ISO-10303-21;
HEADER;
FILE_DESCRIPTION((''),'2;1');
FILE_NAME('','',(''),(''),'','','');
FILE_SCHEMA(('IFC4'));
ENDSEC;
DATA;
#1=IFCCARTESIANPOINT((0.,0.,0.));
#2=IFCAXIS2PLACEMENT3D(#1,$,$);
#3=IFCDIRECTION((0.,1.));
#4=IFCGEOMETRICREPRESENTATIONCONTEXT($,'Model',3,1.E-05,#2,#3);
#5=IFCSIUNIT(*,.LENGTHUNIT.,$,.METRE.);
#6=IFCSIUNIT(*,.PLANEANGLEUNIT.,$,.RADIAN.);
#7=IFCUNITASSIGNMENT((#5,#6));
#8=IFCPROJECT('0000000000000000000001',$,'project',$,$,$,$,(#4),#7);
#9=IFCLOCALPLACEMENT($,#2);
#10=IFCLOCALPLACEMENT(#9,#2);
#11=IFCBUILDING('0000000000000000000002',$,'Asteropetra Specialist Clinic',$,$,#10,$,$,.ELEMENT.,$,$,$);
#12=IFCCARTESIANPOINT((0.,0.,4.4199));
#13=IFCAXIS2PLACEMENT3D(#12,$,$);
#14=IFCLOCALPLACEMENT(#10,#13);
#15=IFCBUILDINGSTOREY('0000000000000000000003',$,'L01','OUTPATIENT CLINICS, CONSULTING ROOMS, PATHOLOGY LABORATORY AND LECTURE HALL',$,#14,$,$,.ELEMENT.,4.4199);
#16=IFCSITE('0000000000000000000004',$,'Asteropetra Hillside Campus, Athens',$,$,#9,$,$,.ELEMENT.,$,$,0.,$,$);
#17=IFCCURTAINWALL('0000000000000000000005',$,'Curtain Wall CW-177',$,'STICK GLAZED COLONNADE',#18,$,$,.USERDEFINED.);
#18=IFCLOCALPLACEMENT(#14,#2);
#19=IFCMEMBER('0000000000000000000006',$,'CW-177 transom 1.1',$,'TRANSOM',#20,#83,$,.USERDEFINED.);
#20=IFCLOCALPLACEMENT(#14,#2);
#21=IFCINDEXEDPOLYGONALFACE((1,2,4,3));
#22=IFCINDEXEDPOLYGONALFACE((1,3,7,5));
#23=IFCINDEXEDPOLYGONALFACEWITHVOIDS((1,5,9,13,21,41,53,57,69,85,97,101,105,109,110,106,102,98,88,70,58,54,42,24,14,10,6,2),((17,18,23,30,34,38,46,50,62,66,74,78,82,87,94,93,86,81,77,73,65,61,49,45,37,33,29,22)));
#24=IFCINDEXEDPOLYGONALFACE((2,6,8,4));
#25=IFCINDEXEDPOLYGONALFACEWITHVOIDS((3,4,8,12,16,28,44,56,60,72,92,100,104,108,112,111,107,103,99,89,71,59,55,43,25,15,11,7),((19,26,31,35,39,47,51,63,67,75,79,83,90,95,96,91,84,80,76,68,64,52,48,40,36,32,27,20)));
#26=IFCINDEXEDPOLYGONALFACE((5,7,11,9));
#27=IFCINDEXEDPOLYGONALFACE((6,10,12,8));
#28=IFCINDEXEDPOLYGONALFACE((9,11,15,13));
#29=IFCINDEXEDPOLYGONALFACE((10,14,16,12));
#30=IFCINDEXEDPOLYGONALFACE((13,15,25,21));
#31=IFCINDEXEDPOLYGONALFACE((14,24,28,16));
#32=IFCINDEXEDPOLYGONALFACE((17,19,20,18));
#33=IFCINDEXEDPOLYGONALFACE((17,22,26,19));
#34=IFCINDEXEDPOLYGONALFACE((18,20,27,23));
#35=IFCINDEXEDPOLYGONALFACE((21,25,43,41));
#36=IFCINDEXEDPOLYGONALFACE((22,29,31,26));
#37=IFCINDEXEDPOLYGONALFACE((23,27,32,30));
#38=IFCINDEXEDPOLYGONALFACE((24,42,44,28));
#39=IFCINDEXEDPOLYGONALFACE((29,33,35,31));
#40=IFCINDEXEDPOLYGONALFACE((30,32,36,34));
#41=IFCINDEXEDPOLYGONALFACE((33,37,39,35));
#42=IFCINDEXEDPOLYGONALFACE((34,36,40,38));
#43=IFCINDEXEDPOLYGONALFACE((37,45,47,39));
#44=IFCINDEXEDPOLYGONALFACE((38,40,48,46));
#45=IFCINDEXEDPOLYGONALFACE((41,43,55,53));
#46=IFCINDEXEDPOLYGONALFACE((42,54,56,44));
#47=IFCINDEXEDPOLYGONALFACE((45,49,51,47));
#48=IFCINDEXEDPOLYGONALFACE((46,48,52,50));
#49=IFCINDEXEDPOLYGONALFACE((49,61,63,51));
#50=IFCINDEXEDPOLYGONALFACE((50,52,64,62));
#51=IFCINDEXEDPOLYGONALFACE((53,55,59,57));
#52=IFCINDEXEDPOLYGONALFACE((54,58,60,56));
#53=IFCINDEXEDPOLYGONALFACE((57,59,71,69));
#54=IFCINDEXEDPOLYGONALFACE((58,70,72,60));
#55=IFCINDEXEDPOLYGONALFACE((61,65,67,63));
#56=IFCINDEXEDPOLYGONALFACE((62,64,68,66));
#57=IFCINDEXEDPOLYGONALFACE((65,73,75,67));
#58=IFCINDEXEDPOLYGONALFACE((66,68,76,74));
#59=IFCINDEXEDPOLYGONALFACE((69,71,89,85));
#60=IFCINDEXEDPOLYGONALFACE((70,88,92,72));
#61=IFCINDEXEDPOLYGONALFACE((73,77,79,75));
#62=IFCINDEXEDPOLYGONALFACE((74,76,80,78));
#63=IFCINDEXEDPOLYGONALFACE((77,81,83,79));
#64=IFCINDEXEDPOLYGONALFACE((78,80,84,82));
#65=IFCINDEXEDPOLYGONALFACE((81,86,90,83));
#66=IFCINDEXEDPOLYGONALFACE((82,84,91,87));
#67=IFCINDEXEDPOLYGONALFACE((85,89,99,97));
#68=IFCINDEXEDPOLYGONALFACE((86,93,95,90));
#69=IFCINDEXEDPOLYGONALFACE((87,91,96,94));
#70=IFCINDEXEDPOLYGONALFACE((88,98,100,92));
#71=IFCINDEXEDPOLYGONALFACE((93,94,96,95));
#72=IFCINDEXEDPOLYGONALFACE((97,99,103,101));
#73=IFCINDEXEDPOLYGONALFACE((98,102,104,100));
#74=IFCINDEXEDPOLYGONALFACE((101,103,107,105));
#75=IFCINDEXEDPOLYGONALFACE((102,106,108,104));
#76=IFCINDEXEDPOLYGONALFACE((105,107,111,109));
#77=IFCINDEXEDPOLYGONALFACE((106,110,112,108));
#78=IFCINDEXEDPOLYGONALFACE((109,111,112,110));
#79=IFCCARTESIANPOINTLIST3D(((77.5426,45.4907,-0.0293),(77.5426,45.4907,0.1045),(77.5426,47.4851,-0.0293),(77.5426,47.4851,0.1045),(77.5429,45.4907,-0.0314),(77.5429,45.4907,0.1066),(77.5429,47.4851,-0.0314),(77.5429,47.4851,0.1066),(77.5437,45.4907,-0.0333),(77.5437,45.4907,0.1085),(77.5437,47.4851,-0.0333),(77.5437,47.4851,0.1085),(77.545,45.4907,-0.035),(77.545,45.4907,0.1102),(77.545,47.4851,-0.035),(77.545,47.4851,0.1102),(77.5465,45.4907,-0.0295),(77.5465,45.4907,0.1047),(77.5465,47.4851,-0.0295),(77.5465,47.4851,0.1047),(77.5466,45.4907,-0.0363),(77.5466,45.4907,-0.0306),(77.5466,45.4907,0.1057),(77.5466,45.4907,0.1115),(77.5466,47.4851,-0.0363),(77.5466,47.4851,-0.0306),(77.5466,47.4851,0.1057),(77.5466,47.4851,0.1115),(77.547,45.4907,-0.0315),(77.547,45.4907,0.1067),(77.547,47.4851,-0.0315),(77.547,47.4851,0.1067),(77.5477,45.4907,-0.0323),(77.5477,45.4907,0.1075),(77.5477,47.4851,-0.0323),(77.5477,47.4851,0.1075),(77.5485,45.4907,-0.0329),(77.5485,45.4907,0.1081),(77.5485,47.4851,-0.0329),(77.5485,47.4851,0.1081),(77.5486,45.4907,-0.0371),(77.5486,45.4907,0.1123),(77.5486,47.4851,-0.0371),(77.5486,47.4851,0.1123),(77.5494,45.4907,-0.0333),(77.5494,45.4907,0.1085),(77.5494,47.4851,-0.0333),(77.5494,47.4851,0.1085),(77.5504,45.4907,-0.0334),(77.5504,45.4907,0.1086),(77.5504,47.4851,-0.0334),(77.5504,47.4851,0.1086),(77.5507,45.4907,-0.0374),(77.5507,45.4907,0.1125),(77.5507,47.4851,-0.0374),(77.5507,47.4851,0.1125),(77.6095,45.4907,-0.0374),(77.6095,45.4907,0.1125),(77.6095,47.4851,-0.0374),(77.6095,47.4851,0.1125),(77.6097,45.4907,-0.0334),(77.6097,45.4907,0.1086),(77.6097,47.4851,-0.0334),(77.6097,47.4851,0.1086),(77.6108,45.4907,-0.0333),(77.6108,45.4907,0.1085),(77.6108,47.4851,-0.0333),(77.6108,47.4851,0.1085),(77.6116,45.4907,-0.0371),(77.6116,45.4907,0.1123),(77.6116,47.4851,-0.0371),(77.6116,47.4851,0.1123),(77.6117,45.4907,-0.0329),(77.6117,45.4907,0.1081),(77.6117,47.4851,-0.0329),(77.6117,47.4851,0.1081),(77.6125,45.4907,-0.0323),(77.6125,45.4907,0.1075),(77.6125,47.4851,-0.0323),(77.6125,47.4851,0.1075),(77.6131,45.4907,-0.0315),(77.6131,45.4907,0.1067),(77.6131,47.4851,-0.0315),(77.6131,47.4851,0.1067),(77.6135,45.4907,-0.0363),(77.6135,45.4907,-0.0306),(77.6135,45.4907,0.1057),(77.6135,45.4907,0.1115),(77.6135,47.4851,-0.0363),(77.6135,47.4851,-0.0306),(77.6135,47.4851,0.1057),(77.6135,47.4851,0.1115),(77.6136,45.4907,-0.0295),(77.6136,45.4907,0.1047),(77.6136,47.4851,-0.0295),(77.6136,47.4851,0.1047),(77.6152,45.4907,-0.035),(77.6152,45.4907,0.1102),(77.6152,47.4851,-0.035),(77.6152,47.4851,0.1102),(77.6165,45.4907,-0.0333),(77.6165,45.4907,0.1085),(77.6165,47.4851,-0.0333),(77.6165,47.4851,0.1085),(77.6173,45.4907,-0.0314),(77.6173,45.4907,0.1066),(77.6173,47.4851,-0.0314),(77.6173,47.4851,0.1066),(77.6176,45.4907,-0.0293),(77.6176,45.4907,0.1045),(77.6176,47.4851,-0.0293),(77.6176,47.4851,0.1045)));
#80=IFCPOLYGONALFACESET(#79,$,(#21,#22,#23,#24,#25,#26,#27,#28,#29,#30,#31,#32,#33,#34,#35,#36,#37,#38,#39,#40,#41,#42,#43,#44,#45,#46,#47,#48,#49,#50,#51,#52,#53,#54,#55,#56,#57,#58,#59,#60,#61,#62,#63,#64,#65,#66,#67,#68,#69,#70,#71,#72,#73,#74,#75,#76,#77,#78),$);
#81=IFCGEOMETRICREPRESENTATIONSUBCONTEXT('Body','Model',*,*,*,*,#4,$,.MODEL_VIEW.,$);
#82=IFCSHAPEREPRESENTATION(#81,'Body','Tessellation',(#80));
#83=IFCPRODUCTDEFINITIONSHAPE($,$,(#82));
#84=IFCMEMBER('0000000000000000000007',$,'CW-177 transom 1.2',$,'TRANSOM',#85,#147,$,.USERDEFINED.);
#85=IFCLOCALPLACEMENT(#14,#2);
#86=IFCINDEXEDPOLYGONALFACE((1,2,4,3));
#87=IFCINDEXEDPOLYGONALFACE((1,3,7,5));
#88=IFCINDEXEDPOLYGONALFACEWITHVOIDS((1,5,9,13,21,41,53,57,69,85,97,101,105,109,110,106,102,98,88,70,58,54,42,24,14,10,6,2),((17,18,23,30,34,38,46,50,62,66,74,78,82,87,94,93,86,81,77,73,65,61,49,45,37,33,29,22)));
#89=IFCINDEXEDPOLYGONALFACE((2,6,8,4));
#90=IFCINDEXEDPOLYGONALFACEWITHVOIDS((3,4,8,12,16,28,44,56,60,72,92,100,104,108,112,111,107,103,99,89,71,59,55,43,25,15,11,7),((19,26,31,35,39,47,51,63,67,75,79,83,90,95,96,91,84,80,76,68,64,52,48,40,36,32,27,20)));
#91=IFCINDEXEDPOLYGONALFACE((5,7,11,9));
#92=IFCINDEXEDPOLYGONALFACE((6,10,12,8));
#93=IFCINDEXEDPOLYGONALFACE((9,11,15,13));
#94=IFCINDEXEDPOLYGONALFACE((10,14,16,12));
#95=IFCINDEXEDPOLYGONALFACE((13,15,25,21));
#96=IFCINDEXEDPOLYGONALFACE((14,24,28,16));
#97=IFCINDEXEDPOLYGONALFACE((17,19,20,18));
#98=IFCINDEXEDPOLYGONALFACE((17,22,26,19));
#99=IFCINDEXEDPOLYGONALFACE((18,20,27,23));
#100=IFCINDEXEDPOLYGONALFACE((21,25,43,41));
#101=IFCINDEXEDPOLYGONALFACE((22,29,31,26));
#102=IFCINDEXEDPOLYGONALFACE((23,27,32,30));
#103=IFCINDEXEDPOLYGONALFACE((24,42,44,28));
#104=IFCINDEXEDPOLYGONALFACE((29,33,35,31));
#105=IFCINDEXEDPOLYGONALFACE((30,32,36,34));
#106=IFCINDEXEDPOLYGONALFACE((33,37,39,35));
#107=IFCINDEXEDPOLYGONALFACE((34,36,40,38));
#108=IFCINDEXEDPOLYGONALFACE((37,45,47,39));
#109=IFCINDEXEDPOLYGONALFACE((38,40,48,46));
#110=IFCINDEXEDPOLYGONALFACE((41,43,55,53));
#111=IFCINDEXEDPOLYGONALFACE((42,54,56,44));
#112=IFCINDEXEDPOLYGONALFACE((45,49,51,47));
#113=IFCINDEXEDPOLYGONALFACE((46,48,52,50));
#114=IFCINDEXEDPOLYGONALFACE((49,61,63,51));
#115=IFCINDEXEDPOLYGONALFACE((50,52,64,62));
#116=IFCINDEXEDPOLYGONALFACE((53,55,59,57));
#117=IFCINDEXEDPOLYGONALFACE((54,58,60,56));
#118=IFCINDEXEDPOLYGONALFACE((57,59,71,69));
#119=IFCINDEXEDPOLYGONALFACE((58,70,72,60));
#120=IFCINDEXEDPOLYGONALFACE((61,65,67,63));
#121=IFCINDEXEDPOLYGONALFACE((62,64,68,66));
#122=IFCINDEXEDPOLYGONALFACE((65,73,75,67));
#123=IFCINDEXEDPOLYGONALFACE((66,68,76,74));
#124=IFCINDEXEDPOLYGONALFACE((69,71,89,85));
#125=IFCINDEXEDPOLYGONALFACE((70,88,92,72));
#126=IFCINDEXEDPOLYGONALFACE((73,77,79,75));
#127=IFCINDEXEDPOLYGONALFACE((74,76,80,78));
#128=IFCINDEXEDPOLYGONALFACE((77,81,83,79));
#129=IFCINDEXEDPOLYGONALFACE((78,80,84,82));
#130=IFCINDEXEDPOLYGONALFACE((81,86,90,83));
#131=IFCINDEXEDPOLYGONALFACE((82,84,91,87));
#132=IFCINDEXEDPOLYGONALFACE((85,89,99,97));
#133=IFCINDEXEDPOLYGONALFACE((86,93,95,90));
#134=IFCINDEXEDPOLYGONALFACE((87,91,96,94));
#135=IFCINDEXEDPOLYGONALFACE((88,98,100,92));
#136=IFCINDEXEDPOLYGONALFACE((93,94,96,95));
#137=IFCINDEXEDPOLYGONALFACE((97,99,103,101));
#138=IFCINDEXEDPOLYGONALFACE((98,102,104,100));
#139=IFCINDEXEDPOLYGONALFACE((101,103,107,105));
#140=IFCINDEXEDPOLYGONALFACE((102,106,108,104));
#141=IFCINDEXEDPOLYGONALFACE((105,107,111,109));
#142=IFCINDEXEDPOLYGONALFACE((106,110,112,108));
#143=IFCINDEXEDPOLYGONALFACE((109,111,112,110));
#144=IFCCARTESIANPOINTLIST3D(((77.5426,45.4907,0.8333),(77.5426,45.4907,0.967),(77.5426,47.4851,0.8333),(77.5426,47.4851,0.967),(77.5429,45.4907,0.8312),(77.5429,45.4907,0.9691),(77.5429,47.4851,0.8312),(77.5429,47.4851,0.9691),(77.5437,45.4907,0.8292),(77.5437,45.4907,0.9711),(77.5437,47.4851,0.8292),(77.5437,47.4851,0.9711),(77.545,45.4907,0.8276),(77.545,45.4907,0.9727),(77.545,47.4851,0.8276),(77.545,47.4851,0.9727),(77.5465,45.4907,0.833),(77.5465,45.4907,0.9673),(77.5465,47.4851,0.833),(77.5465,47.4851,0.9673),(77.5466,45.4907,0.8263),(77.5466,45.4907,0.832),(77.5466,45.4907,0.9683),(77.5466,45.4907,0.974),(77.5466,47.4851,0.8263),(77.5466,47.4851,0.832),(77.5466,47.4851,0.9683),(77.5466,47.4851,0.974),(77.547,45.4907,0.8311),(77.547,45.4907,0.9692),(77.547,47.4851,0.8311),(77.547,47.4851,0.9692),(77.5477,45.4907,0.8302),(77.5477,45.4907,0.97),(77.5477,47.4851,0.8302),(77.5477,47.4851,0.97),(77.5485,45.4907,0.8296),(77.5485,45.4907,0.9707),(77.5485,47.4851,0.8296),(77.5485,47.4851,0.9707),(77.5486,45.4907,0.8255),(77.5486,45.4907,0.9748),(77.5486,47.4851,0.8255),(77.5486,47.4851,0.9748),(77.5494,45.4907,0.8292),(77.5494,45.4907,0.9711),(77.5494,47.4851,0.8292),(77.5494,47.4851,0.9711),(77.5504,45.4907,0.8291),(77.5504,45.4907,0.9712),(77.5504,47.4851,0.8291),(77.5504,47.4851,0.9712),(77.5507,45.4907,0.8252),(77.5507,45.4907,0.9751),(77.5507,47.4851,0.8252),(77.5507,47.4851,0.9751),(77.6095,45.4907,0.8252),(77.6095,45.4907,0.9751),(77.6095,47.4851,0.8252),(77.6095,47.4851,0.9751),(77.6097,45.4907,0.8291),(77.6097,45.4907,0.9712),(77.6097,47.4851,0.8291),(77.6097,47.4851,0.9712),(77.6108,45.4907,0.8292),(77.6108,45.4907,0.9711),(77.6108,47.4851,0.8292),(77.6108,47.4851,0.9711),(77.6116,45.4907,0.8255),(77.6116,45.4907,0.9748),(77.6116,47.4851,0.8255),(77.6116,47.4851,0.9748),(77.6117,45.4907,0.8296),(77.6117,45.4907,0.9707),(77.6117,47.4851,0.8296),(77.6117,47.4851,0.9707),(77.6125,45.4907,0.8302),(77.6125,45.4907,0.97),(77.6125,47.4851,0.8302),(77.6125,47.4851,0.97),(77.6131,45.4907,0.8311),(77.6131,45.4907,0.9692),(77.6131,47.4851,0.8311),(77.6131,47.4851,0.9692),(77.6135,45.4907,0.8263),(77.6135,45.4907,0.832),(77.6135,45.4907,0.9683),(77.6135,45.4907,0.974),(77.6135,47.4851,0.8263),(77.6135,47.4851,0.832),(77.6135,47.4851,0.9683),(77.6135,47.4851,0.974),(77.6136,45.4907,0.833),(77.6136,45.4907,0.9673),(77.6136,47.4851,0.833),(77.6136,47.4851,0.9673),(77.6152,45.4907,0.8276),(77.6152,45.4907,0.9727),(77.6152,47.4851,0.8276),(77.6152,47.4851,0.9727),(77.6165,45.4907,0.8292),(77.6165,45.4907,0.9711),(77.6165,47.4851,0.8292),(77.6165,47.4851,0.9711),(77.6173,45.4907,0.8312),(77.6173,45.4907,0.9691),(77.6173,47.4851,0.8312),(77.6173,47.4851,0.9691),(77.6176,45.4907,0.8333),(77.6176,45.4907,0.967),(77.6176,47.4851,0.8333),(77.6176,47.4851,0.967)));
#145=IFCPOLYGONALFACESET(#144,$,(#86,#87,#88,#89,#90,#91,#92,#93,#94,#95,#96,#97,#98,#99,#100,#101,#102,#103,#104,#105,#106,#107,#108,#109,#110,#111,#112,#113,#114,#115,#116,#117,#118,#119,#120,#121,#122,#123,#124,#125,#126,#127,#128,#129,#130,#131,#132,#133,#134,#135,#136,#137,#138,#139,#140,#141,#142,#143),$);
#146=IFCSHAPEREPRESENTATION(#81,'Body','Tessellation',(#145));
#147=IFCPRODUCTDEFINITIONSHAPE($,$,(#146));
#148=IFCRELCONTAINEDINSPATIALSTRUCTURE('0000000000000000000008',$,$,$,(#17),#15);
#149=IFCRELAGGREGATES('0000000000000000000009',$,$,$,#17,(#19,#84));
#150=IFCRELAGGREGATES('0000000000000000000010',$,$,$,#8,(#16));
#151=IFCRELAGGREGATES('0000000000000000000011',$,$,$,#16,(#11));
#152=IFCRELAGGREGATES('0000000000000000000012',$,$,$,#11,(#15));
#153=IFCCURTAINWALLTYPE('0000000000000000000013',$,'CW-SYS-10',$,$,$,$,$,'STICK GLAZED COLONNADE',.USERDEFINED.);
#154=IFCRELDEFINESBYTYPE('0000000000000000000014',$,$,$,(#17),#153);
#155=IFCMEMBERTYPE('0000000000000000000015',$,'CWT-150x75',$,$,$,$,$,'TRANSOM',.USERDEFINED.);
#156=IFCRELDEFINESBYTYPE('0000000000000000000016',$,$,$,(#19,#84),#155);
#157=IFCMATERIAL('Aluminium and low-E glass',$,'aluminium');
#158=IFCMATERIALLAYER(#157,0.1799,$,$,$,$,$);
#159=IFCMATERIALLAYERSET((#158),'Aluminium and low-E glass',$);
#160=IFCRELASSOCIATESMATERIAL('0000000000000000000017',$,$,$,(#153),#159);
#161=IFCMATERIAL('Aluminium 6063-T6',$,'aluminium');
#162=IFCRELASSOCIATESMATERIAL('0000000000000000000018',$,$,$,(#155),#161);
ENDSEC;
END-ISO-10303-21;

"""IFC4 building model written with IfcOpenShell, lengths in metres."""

from ifc_helpers import new_model, si_unit, direction, frame, origin, origin_2d, place, context, subcontext, project, spatial, hollow_rectangle, extrude, material, layer, layer_set, material_profile, profile_set, type_object, element, aggregate, save


model = new_model("IFC4")

# Units and contexts
model_context = context("Model", 3, precision=1e-05, world=origin(), true_north=direction((0.0, 1.0)))
body_context = subcontext(model_context, "Body", "Model", "MODEL_VIEW")
ifc_project = project(units=[si_unit("LENGTHUNIT", "METRE"), si_unit("PLANEANGLEUNIT", "RADIAN")], contexts=[model_context])

# Site, building, storey
site_placement = place(None, origin())
site = spatial("IfcSite", under=ifc_project, at=site_placement, Name="Asteropetra Hillside Campus, Athens", CompositionType="ELEMENT", RefElevation=0.0)
building_placement = place(site_placement, origin())
building = spatial("IfcBuilding", under=site, at=building_placement, Name="Asteropetra Specialist Clinic", CompositionType="ELEMENT")
storey_placement = place(building_placement, frame((0.0, 0.0, 4.4199)))
storey = spatial("IfcBuildingStorey", under=building, at=storey_placement, Name="L01", Description="OUTPATIENT CLINICS, CONSULTING ROOMS, PATHOLOGY LABORATORY AND LECTURE HALL", CompositionType="ELEMENT", Elevation=4.4199)

# Shared definitions
ifc_material_1 = material(Name="Aluminium and low-E glass", Category="aluminium")
ifc_layer_1 = layer(ifc_material_1, 0.1799)
ifc_layer_set_1 = layer_set([ifc_layer_1], Name="Aluminium and low-E glass")
curtain_wall_type = type_object("IfcCurtainWallType", Name="CW-SYS-10", ElementType="STICK GLAZED COLONNADE", PredefinedType="USERDEFINED", material=ifc_layer_set_1)

# Curtain wall
curtain_wall_1_placement = place(storey_placement, origin())
curtain_wall_1 = element("IfcCurtainWall", 1, at=curtain_wall_1_placement, inside=storey, type_object=curtain_wall_type, Name="Curtain Wall CW-177", ObjectType="STICK GLAZED COLONNADE", PredefinedType="USERDEFINED")

# Members
ifc_material_2 = material(Name="Aluminium 6063-T6", Category="aluminium")
ifc_material_profile_1 = material_profile(ifc_material_2, hollow_rectangle(XDim=0.075, YDim=0.1499, WallThickness=0.0039, InnerFilletRadius=0.0039, OuterFilletRadius=0.0081, at=origin_2d()), Name="TRN 150x75x4.0")
ifc_profile_set_1 = profile_set([ifc_material_profile_1], Name="Aluminium 6063-T6")
member_type_1 = type_object("IfcMemberType", Name="CWT-150x75", ElementType="TRANSOM", PredefinedType="USERDEFINED", material=ifc_profile_set_1)
member_1_placement = place(storey_placement, frame((77.5801, 47.4851, 0.0376), z_axis=(0.0, -1.0, 0.0), x_axis=(1.0, 0.0, 0.0)))
member_1 = element("IfcMember", 2, at=member_1_placement, type_object=member_type_1, Name="CW-177 transom 1.1", ObjectType="TRANSOM", PredefinedType="USERDEFINED", context=body_context, shape_type="SweptSolid", body=[
    extrude(hollow_rectangle(XDim=0.075, YDim=0.1499, WallThickness=0.0039, InnerFilletRadius=0.0039, OuterFilletRadius=0.0081, at=origin_2d()), origin(), (0.0, 0.0, 1.0), 1.9944),
])
member_2_placement = place(storey_placement, frame((77.5801, 47.4851, 0.9001), z_axis=(0.0, -1.0, 0.0), x_axis=(1.0, 0.0, 0.0)))
member_2 = element("IfcMember", 3, at=member_2_placement, type_object=member_type_1, Name="CW-177 transom 1.2", ObjectType="TRANSOM", PredefinedType="USERDEFINED", context=body_context, shape_type="SweptSolid", body=[
    extrude(hollow_rectangle(XDim=0.075, YDim=0.1499, WallThickness=0.0039, InnerFilletRadius=0.0039, OuterFilletRadius=0.0081, at=origin_2d()), origin(), (0.0, 0.0, 1.0), 1.9944),
])

aggregate(curtain_wall_1, [member_1, member_2])

save(model, "model.ifc")
